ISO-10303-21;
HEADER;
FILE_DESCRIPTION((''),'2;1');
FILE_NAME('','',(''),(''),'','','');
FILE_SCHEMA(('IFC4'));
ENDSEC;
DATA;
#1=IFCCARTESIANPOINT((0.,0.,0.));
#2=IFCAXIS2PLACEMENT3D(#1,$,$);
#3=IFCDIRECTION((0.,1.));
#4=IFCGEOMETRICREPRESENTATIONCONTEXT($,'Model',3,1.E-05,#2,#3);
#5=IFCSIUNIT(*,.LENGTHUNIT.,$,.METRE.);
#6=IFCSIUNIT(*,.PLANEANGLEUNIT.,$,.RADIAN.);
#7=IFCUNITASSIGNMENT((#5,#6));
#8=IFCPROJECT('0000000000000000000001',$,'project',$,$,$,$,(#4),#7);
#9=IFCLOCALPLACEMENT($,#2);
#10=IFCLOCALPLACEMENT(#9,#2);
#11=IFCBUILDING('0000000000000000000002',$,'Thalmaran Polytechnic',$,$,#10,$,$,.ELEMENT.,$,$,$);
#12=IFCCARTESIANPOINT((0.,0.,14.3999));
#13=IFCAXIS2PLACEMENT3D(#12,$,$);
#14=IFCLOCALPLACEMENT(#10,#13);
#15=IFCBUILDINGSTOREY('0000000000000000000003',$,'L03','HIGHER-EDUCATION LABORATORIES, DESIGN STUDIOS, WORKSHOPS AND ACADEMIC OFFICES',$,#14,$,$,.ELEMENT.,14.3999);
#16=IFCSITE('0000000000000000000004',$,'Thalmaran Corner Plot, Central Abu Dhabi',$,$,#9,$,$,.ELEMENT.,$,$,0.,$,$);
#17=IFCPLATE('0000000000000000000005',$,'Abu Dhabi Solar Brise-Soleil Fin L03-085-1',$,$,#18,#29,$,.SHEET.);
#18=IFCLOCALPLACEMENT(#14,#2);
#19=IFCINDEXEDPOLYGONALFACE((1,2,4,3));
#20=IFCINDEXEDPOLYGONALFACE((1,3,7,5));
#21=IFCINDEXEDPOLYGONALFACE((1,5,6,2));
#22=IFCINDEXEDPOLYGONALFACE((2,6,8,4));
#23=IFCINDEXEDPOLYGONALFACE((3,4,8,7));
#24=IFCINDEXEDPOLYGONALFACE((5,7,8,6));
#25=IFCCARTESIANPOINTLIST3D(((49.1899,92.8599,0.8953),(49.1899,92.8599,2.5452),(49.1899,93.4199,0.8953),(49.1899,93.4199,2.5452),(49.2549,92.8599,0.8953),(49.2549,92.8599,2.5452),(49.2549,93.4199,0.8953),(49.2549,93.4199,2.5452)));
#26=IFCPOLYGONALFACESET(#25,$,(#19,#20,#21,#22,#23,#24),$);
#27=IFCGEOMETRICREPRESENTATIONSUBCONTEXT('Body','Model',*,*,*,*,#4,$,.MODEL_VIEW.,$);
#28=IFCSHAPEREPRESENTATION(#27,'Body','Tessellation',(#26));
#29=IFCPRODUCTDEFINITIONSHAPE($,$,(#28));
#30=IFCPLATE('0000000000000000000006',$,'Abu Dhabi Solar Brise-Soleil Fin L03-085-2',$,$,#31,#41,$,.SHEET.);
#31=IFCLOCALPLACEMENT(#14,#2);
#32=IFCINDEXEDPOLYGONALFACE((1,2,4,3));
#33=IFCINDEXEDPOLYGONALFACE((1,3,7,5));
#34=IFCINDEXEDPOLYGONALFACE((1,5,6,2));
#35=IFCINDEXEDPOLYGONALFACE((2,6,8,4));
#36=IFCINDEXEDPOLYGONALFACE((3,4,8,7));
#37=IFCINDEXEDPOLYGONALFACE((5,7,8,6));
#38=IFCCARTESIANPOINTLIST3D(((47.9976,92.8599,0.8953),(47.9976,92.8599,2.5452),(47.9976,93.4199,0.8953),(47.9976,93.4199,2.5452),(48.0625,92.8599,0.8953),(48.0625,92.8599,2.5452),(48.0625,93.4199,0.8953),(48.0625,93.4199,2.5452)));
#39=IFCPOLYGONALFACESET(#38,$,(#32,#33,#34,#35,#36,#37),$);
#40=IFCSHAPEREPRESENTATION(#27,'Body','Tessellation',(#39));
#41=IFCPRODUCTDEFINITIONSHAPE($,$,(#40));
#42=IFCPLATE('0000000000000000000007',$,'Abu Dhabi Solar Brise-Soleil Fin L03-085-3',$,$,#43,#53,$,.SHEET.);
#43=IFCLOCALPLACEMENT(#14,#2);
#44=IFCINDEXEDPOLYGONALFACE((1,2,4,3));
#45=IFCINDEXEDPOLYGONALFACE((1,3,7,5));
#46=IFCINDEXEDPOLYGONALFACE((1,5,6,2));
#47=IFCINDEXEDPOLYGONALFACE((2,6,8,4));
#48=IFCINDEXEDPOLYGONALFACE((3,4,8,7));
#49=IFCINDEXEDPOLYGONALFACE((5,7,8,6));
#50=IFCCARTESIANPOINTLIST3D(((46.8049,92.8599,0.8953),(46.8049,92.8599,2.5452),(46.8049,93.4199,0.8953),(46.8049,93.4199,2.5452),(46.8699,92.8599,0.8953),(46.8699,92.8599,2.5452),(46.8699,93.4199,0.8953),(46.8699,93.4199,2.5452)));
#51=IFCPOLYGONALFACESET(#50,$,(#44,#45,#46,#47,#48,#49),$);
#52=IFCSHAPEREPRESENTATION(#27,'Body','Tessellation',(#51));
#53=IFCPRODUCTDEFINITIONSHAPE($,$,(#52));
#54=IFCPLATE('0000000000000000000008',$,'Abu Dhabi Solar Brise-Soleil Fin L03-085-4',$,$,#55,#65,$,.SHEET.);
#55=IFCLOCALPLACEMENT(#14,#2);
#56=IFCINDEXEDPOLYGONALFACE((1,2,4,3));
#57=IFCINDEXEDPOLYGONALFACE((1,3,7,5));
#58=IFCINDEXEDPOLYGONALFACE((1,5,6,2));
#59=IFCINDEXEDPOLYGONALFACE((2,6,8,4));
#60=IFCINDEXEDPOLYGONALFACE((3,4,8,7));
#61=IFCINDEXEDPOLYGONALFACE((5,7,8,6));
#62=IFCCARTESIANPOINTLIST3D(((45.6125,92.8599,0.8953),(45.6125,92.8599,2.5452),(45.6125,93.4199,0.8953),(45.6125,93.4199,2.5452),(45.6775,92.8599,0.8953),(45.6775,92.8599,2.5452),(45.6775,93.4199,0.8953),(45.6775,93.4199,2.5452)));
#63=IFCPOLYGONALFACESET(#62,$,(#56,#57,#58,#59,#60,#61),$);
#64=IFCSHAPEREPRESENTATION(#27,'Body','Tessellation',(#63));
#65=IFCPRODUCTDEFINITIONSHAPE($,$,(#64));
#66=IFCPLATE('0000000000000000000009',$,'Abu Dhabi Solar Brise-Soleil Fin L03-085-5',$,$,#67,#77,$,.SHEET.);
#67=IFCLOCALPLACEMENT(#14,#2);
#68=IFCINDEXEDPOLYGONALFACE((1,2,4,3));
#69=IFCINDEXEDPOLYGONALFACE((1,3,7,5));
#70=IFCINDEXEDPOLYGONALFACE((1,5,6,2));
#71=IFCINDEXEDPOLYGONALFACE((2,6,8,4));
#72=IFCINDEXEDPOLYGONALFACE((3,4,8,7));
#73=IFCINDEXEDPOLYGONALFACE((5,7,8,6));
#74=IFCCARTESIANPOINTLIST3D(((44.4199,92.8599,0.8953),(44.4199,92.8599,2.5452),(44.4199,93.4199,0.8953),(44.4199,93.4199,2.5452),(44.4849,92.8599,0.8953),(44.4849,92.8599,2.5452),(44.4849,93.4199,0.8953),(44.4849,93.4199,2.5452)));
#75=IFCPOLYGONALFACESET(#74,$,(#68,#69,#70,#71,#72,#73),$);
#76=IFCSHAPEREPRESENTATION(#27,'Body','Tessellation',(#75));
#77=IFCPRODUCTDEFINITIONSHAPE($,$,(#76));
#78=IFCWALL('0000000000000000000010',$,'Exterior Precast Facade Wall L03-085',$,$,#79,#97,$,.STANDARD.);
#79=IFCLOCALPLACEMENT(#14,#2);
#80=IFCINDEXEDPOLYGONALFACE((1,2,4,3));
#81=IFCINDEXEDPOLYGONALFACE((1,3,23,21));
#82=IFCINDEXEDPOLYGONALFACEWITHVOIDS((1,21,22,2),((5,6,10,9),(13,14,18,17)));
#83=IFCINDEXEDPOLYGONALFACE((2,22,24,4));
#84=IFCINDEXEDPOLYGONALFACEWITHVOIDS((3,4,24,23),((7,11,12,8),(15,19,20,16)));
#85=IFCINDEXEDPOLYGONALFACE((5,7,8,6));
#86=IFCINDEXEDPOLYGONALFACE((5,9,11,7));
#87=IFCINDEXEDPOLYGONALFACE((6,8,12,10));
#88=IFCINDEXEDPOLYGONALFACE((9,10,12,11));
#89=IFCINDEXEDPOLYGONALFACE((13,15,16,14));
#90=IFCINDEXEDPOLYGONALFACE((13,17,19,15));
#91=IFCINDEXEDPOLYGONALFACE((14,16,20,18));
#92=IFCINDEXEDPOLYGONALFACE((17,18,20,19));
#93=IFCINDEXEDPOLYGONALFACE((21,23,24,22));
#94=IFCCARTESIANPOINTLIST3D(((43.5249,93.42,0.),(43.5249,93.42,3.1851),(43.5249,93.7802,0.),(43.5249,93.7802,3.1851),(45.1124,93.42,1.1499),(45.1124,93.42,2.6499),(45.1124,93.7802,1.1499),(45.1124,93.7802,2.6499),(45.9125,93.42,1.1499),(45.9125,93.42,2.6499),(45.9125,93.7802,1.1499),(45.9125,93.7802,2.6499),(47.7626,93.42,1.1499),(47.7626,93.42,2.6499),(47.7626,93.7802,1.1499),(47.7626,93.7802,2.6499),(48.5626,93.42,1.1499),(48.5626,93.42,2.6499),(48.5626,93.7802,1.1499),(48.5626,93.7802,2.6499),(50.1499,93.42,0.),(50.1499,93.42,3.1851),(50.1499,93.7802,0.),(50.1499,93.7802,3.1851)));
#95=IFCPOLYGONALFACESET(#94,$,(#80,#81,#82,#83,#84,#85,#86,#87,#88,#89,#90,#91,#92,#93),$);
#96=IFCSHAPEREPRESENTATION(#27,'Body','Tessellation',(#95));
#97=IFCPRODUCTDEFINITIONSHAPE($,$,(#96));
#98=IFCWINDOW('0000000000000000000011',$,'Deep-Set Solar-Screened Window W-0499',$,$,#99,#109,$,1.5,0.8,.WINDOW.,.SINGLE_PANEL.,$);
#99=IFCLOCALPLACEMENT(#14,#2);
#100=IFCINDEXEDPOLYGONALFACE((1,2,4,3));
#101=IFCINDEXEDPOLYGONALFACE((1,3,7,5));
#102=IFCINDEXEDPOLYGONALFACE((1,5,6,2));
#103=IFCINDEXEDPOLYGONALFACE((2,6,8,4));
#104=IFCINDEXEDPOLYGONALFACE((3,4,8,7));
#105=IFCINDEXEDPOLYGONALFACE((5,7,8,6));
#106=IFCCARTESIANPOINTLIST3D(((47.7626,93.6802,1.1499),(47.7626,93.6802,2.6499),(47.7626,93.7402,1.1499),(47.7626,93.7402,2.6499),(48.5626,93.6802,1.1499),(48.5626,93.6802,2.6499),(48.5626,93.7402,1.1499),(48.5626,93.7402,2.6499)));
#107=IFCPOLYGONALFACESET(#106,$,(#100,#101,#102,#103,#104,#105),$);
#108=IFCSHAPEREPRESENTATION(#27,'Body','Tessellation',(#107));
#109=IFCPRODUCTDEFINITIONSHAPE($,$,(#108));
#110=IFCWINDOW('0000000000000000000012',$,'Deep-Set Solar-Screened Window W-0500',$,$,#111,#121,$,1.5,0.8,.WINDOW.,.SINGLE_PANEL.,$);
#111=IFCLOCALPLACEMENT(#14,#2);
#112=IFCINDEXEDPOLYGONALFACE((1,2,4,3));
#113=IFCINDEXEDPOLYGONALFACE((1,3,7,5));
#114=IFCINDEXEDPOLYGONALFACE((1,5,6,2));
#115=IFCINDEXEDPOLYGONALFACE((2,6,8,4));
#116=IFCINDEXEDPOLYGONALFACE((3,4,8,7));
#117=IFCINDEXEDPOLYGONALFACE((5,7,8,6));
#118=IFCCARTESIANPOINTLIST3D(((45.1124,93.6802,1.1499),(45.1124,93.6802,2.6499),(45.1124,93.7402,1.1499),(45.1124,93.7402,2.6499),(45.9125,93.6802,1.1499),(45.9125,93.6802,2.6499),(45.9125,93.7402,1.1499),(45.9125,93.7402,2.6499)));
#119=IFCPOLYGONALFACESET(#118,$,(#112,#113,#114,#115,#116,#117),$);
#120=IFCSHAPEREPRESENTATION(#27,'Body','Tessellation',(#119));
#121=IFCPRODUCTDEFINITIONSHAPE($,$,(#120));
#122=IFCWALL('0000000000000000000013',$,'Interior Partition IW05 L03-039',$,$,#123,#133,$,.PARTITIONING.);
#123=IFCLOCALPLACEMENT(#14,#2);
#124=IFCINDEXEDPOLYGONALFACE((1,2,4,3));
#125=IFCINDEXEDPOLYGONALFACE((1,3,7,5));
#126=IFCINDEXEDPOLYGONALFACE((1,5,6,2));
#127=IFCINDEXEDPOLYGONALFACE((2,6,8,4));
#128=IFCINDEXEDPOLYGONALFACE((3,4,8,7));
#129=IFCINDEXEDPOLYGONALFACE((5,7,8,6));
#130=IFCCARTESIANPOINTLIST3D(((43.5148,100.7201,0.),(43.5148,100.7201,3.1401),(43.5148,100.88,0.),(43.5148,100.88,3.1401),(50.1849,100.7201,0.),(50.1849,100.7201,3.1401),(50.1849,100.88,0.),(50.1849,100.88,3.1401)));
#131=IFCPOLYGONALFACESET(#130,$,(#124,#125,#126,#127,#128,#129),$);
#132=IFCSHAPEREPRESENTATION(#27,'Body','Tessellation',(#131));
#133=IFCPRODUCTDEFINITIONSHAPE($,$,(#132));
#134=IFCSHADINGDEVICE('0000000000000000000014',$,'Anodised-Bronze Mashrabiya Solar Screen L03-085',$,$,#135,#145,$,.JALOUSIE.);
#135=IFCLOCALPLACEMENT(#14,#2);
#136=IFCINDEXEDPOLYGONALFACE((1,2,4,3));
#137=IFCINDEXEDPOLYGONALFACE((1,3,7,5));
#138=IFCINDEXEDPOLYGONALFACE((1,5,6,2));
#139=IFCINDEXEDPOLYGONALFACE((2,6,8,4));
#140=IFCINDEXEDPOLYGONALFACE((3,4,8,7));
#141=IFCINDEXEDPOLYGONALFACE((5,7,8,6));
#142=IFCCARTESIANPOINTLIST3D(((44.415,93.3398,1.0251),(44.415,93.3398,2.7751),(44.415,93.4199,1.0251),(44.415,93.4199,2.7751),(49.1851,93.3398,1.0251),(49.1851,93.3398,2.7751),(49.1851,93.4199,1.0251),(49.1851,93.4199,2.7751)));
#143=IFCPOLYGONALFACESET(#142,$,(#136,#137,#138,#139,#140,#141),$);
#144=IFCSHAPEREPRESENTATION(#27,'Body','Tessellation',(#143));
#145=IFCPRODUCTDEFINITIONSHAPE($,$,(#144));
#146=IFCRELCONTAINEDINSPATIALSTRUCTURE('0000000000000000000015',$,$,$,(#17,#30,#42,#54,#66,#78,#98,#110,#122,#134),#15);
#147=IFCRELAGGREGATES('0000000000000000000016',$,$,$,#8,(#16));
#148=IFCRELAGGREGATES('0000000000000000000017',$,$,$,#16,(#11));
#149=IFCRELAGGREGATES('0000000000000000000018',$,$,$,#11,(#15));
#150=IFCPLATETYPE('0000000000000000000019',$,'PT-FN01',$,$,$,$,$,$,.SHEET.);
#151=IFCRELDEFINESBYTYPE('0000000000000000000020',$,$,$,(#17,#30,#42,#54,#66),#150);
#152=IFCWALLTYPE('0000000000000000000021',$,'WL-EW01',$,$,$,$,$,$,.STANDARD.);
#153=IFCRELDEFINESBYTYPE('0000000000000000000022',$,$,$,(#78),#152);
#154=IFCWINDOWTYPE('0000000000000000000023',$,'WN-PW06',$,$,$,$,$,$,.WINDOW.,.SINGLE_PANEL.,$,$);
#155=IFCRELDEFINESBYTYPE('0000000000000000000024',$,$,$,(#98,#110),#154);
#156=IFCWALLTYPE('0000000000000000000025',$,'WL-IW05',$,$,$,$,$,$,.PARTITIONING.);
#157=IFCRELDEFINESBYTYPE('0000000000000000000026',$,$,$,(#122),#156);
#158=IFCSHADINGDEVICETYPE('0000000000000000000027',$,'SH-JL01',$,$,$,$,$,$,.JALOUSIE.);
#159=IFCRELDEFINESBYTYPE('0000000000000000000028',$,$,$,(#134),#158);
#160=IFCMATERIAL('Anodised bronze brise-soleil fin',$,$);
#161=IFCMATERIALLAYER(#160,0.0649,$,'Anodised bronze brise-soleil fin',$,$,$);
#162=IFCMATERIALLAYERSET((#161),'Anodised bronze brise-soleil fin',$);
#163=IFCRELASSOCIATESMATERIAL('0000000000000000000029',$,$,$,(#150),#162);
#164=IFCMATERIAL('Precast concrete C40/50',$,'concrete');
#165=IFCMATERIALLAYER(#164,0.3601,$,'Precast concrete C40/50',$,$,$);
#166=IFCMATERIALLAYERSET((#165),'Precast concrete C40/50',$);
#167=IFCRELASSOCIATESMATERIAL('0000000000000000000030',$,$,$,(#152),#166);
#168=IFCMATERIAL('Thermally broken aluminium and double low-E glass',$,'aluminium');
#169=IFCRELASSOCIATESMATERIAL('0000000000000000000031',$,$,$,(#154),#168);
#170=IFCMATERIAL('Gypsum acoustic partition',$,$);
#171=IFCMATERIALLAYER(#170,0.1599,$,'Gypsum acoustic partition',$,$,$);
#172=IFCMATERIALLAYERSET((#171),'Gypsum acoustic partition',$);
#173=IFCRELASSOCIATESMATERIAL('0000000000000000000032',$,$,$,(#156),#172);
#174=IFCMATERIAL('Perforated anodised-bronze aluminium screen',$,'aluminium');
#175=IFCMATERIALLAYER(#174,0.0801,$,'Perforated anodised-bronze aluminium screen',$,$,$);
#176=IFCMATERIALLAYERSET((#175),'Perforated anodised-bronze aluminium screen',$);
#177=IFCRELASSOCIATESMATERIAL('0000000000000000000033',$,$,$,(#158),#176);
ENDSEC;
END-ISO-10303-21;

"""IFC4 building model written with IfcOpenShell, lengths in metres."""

from ifc_helpers import new_model, si_unit, direction, frame, frame_2d, origin, origin_2d, place, context, subcontext, project, spatial, rectangle, extrude, material, layer, layer_set, type_object, element, fill, save


model = new_model("IFC4")

# Units and contexts
model_context = context("Model", 3, precision=1e-05, world=origin(), true_north=direction((0.0, 1.0)))
body_context = subcontext(model_context, "Body", "Model", "MODEL_VIEW")
ifc_project = project(units=[si_unit("LENGTHUNIT", "METRE"), si_unit("PLANEANGLEUNIT", "RADIAN")], contexts=[model_context])

# Site, building, storey
site_placement = place(None, origin())
site = spatial("IfcSite", under=ifc_project, at=site_placement, Name="Thalmaran Corner Plot, Central Abu Dhabi", CompositionType="ELEMENT", RefElevation=0.0)
building_placement = place(site_placement, origin())
building = spatial("IfcBuilding", under=site, at=building_placement, Name="Thalmaran Polytechnic", CompositionType="ELEMENT")
storey_placement = place(building_placement, frame((0.0, 0.0, 14.3999)))
storey = spatial("IfcBuildingStorey", under=building, at=storey_placement, Name="L03", Description="HIGHER-EDUCATION LABORATORIES, DESIGN STUDIOS, WORKSHOPS AND ACADEMIC OFFICES", CompositionType="ELEMENT", Elevation=14.3999)

# Plates
ifc_material_1 = material(Name="Anodised bronze brise-soleil fin")
ifc_layer_1 = layer(ifc_material_1, 0.0649, Name="Anodised bronze brise-soleil fin")
ifc_layer_set_1 = layer_set([ifc_layer_1], Name="Anodised bronze brise-soleil fin")
plate_type_1 = type_object("IfcPlateType", Name="PT-FN01", PredefinedType="SHEET", material=ifc_layer_set_1)
for number, where, z_axis, x_axis, name in (
    (1, (49.2224, 93.1399, 0.8953), (0.0, 0.0, 1.0), (-1.0, 0.0, 0.0), "Abu Dhabi Solar Brise-Soleil Fin L03-085-1"),
    (2, (48.03, 93.1399, 0.8953), (0.0, 0.0, 1.0), (-1.0, 0.0, 0.0), "Abu Dhabi Solar Brise-Soleil Fin L03-085-2"),
    (3, (46.8374, 93.1399, 0.8953), (0.0, 0.0, 1.0), (-1.0, 0.0, 0.0), "Abu Dhabi Solar Brise-Soleil Fin L03-085-3"),
    (4, (45.645, 93.1399, 0.8953), (0.0, 0.0, 1.0), (-1.0, 0.0, 0.0), "Abu Dhabi Solar Brise-Soleil Fin L03-085-4"),
    (5, (44.4524, 93.1399, 0.8953), (0.0, 0.0, 1.0), (-1.0, 0.0, 0.0), "Abu Dhabi Solar Brise-Soleil Fin L03-085-5"),
):
    element("IfcPlate", number, at=place(storey_placement, frame(where, z_axis=z_axis, x_axis=x_axis)), inside=storey, type_object=plate_type_1, Name=name, PredefinedType="SHEET", context=body_context, shape_type="SweptSolid", body=[
        extrude(rectangle(XDim=0.0649, YDim=0.5601, at=origin_2d()), origin(), (0.0, 0.0, 1.0), 1.6499),
    ])

# Wall, openings, windows
ifc_material_2 = material(Name="Precast concrete C40/50", Category="concrete")
ifc_layer_2 = layer(ifc_material_2, 0.3601, Name="Precast concrete C40/50")
ifc_layer_set_2 = layer_set([ifc_layer_2], Name="Precast concrete C40/50")
wall_type_1 = type_object("IfcWallType", Name="WL-EW01", PredefinedType="STANDARD", material=ifc_layer_set_2)
wall_1_placement = place(storey_placement, frame((50.1499, 93.6001, 0.0), z_axis=(0.0, 0.0, 1.0), x_axis=(-1.0, 0.0, 0.0)))
wall_1 = element("IfcWall", 6, at=wall_1_placement, inside=storey, type_object=wall_type_1, Name="Exterior Precast Facade Wall L03-085", PredefinedType="STANDARD", context=body_context, shape_type="SweptSolid", body=[
    extrude(rectangle(XDim=6.625, YDim=0.3601, at=frame_2d((3.3125, 0.0))), origin(), (0.0, 0.0, 1.0), 3.1851),
])
opening_1_placement = place(wall_1_placement, frame((1.5874, 0.0, 1.1499)))
opening_1 = element("IfcOpeningElement", 7, at=opening_1_placement, cuts=wall_1, PredefinedType="OPENING", context=body_context, shape_type="SweptSolid", body=[
    extrude(rectangle(XDim=0.8, YDim=1.5, at=frame_2d((0.3999, 0.75))), frame((0.0, 0.1899, 0.0), z_axis=(0.0, -1.0, 0.0), x_axis=(1.0, 0.0, 0.0)), (0.0, 0.0, 1.0), 0.3801),
])
opening_2_placement = place(wall_1_placement, frame((4.2375, 0.0, 1.1499)))
opening_2 = element("IfcOpeningElement", 8, at=opening_2_placement, cuts=wall_1, PredefinedType="OPENING", context=body_context, shape_type="SweptSolid", body=[
    extrude(rectangle(XDim=0.8, YDim=1.5, at=frame_2d((0.3999, 0.75))), frame((0.0, 0.1899, 0.0), z_axis=(0.0, -1.0, 0.0), x_axis=(1.0, 0.0, 0.0)), (0.0, 0.0, 1.0), 0.3801),
])
ifc_material_3 = material(Name="Thermally broken aluminium and double low-E glass", Category="aluminium")
window_type = type_object("IfcWindowType", Name="WN-PW06", PartitioningType="SINGLE_PANEL", PredefinedType="WINDOW", material=ifc_material_3)
window_1_placement = place(opening_1_placement, origin())
window_1 = element("IfcWindow", 9, at=window_1_placement, inside=storey, type_object=window_type, Name="Deep-Set Solar-Screened Window W-0499", OverallHeight=1.5, OverallWidth=0.8, PartitioningType="SINGLE_PANEL", PredefinedType="WINDOW", context=body_context, shape_type="SweptSolid", body=[
    extrude(rectangle(XDim=0.8, YDim=1.5, at=frame_2d((0.3999, 0.75))), frame((0.0, -0.0801, 0.0), z_axis=(0.0, -1.0, 0.0), x_axis=(1.0, 0.0, 0.0)), (0.0, 0.0, 1.0), 0.0601),
])
fill(opening_1, window_1)
window_2_placement = place(opening_2_placement, origin())
window_2 = element("IfcWindow", 10, at=window_2_placement, inside=storey, type_object=window_type, Name="Deep-Set Solar-Screened Window W-0500", OverallHeight=1.5, OverallWidth=0.8, PartitioningType="SINGLE_PANEL", PredefinedType="WINDOW", context=body_context, shape_type="SweptSolid", body=[
    extrude(rectangle(XDim=0.8, YDim=1.5, at=frame_2d((0.3999, 0.75))), frame((0.0, -0.0801, 0.0), z_axis=(0.0, -1.0, 0.0), x_axis=(1.0, 0.0, 0.0)), (0.0, 0.0, 1.0), 0.0601),
])
fill(opening_2, window_2)

# Wall
ifc_material_4 = material(Name="Gypsum acoustic partition")
ifc_layer_3 = layer(ifc_material_4, 0.1599, Name="Gypsum acoustic partition")
ifc_layer_set_3 = layer_set([ifc_layer_3], Name="Gypsum acoustic partition")
wall_type_2 = type_object("IfcWallType", Name="WL-IW05", PredefinedType="PARTITIONING", material=ifc_layer_set_3)
wall_2_placement = place(storey_placement, frame((43.5149, 100.8, 0.0), z_axis=(0.0, 0.0, 1.0), x_axis=(1.0, 0.0, 0.0)))
element("IfcWall", 11, at=wall_2_placement, inside=storey, type_object=wall_type_2, Name="Interior Partition IW05 L03-039", PredefinedType="PARTITIONING", context=body_context, shape_type="SweptSolid", body=[
    extrude(rectangle(XDim=6.6702, YDim=0.1599, at=frame_2d((3.335, 0.0))), origin(), (0.0, 0.0, 1.0), 3.1401),
])

# Shading device
ifc_material_5 = material(Name="Perforated anodised-bronze aluminium screen", Category="aluminium")
ifc_layer_4 = layer(ifc_material_5, 0.0801, Name="Perforated anodised-bronze aluminium screen")
ifc_layer_set_4 = layer_set([ifc_layer_4], Name="Perforated anodised-bronze aluminium screen")
shading_device_type = type_object("IfcShadingDeviceType", Name="SH-JL01", PredefinedType="JALOUSIE", material=ifc_layer_set_4)
shading_device_placement = place(storey_placement, frame((46.8, 93.3799, 1.0251), z_axis=(0.0, 0.0, 1.0), x_axis=(-1.0, 0.0, 0.0)))
element("IfcShadingDevice", 12, at=shading_device_placement, inside=storey, type_object=shading_device_type, Name="Anodised-Bronze Mashrabiya Solar Screen L03-085", PredefinedType="JALOUSIE", context=body_context, shape_type="SweptSolid", body=[
    extrude(rectangle(XDim=4.77, YDim=0.0801, at=origin_2d()), origin(), (0.0, 0.0, 1.0), 1.75),
])

save(model, "model.ifc")
